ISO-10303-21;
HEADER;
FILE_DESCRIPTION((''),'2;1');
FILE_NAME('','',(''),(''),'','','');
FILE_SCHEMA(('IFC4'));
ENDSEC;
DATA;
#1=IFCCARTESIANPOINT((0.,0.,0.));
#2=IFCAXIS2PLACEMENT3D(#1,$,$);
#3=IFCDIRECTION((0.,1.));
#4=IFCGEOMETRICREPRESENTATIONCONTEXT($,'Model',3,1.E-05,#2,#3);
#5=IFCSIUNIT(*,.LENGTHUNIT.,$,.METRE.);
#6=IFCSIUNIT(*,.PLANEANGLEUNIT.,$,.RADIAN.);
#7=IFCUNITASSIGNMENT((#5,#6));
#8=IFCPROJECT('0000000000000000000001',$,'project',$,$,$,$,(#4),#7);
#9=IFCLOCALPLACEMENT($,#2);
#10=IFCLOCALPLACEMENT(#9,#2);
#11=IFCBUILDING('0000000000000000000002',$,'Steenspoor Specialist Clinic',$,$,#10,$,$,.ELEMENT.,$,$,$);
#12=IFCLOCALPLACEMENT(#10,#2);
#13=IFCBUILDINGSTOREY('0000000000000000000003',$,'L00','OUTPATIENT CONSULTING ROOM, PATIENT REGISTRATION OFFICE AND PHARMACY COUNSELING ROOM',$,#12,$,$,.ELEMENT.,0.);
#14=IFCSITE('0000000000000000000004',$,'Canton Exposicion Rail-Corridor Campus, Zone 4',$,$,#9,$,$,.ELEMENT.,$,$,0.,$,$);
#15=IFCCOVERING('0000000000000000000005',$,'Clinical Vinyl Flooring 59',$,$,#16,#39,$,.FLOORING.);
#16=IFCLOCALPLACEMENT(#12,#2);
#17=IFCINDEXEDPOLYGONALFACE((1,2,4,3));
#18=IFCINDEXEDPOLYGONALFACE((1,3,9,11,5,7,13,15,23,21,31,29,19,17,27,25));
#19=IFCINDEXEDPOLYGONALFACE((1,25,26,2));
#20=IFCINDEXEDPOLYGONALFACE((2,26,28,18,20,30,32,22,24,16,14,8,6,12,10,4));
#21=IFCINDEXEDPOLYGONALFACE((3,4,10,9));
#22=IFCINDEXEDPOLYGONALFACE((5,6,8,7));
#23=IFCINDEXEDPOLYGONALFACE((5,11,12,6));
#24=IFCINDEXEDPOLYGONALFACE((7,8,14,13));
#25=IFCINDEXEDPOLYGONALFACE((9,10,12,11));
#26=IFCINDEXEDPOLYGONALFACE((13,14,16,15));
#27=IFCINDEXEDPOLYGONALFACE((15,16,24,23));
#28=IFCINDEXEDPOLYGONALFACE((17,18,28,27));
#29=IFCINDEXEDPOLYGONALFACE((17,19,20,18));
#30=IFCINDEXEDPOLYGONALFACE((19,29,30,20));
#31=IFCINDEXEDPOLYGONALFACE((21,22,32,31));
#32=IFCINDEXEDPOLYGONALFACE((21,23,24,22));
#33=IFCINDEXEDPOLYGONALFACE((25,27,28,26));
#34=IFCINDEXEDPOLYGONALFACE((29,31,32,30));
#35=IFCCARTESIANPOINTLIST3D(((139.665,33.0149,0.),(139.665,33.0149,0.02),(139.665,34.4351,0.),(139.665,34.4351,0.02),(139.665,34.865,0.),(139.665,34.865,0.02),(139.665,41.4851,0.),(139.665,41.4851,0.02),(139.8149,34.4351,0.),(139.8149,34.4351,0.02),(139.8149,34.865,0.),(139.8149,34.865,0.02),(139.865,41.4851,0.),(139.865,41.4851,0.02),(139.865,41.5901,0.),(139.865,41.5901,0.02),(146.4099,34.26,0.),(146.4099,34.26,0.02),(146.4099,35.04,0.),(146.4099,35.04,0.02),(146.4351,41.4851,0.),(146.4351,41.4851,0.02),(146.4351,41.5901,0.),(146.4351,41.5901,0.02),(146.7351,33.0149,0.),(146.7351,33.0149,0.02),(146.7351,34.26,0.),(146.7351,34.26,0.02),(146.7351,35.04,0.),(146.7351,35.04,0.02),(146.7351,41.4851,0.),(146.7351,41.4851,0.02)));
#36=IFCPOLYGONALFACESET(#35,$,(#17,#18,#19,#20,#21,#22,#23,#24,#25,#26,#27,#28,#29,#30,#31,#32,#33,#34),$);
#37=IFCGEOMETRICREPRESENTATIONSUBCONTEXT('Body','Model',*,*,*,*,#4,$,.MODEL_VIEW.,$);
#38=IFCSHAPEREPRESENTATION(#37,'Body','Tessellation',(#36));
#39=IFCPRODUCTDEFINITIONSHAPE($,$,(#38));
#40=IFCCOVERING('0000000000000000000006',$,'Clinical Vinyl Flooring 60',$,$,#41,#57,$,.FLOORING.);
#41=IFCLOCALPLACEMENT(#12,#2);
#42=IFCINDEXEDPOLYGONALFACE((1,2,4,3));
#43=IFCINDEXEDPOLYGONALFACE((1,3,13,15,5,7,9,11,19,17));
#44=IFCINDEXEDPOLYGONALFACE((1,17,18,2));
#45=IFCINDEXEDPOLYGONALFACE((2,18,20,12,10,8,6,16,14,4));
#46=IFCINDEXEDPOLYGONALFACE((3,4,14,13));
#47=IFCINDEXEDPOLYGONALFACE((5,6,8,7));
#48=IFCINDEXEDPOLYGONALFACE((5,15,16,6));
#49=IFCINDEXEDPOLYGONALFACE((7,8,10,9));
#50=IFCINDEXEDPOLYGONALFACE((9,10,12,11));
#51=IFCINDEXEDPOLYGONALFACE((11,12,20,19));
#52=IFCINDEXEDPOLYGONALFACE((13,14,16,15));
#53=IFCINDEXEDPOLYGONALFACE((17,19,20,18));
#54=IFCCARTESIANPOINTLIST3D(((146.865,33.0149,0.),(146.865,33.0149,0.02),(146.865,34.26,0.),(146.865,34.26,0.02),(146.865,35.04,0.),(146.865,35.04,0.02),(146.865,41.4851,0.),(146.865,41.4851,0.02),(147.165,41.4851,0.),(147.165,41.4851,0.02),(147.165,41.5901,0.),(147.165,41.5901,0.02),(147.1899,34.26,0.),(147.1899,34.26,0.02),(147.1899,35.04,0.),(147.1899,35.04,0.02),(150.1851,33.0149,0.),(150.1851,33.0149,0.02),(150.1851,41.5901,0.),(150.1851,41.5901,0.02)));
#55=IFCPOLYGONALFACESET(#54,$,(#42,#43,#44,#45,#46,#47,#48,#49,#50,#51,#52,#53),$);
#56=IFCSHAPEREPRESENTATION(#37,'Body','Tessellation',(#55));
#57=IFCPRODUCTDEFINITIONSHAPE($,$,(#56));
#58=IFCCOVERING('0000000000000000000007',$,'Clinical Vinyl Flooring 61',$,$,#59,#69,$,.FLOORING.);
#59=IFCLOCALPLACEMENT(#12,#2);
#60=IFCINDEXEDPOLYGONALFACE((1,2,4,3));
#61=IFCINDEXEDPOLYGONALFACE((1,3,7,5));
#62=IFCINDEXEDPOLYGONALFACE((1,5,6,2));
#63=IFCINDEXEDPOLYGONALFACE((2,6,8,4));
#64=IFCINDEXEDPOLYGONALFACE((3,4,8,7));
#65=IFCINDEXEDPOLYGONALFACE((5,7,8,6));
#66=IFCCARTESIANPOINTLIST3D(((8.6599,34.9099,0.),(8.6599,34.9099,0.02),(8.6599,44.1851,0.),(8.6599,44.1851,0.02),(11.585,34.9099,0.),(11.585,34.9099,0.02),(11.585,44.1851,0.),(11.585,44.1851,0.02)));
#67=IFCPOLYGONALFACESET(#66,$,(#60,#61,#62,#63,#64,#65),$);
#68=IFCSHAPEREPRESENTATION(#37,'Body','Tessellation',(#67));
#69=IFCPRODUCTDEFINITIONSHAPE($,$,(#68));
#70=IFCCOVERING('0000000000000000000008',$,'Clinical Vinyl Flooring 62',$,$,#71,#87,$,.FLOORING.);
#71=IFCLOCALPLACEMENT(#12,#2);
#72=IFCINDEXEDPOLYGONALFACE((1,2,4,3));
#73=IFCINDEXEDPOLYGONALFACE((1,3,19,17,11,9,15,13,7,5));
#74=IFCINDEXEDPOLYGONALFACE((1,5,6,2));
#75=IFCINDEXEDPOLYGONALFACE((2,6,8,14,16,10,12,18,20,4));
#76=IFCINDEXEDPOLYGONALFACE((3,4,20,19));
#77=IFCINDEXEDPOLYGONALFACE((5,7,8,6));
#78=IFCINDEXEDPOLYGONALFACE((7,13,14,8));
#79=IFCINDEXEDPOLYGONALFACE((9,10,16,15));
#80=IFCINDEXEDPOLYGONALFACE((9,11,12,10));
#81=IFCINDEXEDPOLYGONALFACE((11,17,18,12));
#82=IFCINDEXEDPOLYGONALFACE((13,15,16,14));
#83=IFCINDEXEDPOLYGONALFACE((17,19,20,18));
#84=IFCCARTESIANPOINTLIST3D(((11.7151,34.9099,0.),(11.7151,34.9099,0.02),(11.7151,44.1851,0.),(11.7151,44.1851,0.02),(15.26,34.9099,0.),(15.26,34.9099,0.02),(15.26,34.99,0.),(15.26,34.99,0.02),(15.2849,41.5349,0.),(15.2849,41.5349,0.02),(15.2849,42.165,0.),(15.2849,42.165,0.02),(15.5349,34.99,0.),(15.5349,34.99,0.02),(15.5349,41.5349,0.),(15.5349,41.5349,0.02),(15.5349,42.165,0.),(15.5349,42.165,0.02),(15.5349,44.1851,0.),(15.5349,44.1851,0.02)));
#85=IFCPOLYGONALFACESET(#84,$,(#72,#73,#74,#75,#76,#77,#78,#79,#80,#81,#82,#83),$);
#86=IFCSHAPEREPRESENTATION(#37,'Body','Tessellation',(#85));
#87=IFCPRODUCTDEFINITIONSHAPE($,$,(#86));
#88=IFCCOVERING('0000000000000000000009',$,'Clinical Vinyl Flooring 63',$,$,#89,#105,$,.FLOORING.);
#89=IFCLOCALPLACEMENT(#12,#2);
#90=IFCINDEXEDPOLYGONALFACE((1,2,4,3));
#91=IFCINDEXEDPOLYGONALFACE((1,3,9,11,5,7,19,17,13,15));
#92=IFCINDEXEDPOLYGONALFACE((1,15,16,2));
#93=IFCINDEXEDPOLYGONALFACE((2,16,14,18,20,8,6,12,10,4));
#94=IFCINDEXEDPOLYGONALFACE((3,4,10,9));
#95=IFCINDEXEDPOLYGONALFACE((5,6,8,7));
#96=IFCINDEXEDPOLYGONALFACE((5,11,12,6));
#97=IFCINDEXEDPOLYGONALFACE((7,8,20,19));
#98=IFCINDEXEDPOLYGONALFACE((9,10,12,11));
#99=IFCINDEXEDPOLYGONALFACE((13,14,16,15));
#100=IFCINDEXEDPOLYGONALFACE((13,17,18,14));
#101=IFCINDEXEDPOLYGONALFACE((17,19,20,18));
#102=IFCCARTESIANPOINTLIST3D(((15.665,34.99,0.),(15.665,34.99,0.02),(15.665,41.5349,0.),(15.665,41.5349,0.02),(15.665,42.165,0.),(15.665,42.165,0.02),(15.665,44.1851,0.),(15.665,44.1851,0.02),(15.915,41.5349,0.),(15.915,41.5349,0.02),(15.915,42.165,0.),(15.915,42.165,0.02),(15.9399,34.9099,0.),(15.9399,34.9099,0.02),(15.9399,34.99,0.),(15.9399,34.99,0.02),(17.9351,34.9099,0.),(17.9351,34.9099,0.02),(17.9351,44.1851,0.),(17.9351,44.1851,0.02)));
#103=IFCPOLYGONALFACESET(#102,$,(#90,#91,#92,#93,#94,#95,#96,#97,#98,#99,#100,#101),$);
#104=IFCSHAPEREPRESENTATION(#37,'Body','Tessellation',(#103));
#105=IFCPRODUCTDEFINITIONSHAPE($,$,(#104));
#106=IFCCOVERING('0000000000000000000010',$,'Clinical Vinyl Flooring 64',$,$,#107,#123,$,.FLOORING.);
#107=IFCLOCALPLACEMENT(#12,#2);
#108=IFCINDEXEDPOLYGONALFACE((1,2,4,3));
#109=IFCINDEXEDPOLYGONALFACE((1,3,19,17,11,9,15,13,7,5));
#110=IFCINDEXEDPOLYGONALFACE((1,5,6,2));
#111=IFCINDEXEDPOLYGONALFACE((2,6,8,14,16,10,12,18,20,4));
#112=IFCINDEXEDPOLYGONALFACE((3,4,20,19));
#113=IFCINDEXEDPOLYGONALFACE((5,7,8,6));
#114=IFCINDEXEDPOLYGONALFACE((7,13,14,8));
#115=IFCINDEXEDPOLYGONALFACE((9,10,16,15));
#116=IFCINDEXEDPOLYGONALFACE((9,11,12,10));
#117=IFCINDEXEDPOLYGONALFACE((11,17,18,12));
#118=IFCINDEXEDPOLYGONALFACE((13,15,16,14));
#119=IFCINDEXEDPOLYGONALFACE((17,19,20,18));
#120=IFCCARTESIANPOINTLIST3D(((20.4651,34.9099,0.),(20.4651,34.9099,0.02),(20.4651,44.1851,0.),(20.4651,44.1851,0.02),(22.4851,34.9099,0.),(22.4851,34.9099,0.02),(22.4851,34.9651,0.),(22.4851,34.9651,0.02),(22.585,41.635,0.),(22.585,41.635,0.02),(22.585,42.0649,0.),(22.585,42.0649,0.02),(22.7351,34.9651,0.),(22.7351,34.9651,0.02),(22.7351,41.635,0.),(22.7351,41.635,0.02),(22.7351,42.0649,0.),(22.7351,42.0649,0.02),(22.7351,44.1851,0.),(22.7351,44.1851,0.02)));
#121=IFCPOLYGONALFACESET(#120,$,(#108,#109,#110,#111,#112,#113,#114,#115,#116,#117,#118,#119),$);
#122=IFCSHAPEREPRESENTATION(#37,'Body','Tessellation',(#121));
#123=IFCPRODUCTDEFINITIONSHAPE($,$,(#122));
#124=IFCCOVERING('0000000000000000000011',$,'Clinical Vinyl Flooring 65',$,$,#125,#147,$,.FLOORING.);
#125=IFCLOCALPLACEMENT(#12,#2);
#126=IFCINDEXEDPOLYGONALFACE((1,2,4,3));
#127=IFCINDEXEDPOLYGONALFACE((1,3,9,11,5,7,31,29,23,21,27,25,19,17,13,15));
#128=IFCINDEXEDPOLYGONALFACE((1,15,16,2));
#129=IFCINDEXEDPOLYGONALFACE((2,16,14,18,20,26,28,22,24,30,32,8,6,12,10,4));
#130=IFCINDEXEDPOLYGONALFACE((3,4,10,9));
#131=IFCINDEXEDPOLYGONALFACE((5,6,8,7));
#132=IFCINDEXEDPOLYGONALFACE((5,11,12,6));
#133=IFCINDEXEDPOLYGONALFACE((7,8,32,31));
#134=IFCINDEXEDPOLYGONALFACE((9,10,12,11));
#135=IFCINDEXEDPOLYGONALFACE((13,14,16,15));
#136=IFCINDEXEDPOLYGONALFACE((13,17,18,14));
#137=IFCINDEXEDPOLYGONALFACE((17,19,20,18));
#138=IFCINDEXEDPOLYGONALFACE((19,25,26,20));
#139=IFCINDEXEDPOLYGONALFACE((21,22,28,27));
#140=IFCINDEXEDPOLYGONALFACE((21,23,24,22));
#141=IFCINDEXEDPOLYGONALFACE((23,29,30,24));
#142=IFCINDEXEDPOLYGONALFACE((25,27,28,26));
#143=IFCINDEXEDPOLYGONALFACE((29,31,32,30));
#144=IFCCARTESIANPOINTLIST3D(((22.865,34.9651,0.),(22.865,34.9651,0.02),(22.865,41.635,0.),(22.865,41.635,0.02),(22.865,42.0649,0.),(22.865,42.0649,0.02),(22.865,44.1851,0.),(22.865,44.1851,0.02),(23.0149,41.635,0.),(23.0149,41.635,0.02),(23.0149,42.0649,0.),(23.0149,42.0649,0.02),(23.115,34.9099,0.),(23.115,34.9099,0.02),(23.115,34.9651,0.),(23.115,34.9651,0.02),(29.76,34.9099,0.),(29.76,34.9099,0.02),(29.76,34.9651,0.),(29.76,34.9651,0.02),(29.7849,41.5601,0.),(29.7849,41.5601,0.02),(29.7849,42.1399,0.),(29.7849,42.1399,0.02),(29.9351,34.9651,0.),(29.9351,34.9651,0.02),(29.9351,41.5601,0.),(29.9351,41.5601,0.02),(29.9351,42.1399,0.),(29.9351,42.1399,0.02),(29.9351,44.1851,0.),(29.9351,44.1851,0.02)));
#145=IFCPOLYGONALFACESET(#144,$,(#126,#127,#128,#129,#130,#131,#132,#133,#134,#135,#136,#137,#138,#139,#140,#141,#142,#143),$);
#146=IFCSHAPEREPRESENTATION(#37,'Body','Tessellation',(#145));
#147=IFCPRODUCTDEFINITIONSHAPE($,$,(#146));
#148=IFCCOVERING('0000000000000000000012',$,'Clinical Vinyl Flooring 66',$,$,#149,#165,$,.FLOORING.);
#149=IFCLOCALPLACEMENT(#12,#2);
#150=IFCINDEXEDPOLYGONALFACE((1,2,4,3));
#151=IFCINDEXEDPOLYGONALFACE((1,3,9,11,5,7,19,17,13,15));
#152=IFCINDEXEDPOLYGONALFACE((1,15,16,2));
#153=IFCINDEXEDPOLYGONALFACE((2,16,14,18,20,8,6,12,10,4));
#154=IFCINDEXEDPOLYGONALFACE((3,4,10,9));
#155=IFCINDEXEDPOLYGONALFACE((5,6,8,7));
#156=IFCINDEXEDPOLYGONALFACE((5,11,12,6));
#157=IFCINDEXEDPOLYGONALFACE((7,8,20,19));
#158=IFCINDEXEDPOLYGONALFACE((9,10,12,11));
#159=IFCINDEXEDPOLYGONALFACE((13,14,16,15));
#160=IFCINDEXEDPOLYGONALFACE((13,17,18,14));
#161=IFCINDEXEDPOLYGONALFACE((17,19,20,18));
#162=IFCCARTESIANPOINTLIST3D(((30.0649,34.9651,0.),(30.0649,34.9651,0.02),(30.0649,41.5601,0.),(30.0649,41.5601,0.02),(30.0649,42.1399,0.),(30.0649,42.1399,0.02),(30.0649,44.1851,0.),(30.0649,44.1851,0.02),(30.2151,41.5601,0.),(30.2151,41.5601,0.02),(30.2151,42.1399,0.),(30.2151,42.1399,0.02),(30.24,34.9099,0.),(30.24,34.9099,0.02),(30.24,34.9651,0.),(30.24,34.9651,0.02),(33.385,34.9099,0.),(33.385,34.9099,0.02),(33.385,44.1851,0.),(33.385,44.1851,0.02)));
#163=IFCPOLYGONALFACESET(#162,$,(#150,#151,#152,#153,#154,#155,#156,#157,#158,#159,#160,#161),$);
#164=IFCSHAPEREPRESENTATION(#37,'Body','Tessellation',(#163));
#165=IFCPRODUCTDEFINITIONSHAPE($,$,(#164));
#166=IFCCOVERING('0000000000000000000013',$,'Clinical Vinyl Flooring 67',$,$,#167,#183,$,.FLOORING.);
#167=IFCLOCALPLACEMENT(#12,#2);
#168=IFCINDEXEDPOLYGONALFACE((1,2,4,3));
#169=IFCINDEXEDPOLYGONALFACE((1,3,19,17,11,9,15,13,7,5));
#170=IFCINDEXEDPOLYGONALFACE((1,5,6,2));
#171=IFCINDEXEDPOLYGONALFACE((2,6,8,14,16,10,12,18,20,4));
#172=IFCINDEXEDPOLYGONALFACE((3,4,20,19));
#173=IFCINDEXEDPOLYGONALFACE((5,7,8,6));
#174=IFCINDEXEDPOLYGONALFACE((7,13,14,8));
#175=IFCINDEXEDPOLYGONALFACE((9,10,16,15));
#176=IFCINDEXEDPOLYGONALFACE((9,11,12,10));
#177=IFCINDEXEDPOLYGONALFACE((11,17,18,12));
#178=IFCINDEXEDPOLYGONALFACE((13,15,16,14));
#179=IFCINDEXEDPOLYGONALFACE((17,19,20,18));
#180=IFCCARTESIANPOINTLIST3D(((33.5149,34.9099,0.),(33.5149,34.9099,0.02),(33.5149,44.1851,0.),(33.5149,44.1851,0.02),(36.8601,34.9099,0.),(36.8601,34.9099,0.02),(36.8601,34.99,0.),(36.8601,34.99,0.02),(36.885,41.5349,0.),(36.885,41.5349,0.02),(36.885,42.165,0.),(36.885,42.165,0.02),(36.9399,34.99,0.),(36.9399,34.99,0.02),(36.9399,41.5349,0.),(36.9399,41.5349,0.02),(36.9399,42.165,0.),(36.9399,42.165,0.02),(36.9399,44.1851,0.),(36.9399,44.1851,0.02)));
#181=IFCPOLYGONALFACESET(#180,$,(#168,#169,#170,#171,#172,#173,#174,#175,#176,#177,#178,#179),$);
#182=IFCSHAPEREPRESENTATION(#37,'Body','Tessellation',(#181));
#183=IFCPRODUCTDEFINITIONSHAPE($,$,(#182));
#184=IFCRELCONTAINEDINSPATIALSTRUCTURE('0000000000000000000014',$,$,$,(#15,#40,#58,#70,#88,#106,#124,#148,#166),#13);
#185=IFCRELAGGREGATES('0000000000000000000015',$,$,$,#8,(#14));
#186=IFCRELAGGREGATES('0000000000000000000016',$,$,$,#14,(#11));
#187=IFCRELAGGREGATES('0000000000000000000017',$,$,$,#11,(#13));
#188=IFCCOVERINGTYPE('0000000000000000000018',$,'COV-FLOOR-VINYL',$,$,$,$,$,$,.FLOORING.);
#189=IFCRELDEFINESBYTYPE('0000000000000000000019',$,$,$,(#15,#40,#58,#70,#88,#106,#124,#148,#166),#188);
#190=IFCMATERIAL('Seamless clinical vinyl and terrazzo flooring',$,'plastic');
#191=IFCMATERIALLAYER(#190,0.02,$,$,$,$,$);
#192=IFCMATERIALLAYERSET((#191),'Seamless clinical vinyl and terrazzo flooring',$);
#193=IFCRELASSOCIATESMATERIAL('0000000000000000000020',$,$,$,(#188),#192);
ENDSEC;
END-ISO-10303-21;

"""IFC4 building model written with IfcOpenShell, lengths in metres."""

from ifc_helpers import new_model, si_unit, direction, origin, place, context, subcontext, project, spatial, polyline, outline, extrude, material, layer, layer_set, type_object, element, save


model = new_model("IFC4")

# Units and contexts
model_context = context("Model", 3, precision=1e-05, world=origin(), true_north=direction((0.0, 1.0)))
body_context = subcontext(model_context, "Body", "Model", "MODEL_VIEW")
ifc_project = project(units=[si_unit("LENGTHUNIT", "METRE"), si_unit("PLANEANGLEUNIT", "RADIAN")], contexts=[model_context])

# Site, building, storey
site_placement = place(None, origin())
site = spatial("IfcSite", under=ifc_project, at=site_placement, Name="Canton Exposicion Rail-Corridor Campus, Zone 4", CompositionType="ELEMENT", RefElevation=0.0)
building_placement = place(site_placement, origin())
building = spatial("IfcBuilding", under=site, at=building_placement, Name="Steenspoor Specialist Clinic", CompositionType="ELEMENT")
storey_placement = place(building_placement, origin())
storey = spatial("IfcBuildingStorey", under=building, at=storey_placement, Name="L00", Description="OUTPATIENT CONSULTING ROOM, PATIENT REGISTRATION OFFICE AND PHARMACY COUNSELING ROOM", CompositionType="ELEMENT", Elevation=0.0)

# Coverings
ifc_material = material(Name="Seamless clinical vinyl and terrazzo flooring", Category="plastic")
ifc_layer = layer(ifc_material, 0.02)
ifc_layer_set = layer_set([ifc_layer], Name="Seamless clinical vinyl and terrazzo flooring")
covering_type = type_object("IfcCoveringType", Name="COV-FLOOR-VINYL", PredefinedType="FLOORING", material=ifc_layer_set)
covering_1_placement = place(storey_placement, origin())
element("IfcCovering", 1, at=covering_1_placement, inside=storey, type_object=covering_type, Name="Clinical Vinyl Flooring 59", PredefinedType="FLOORING", context=body_context, shape_type="SweptSolid", body=[
    extrude(outline(polyline([(139.665, 34.4351), (139.8149, 34.4351), (139.8149, 34.865), (139.665, 34.865), (139.665, 41.4851), (139.865, 41.4851), (139.865, 41.5901), (146.4351, 41.5901), (146.4351, 41.4851), (146.7351, 41.4851), (146.7351, 35.04), (146.4099, 35.04), (146.4099, 34.26), (146.7351, 34.26), (146.7351, 33.0149), (139.665, 33.0149), (139.665, 34.4351)])), origin(), (0.0, 0.0, 1.0), 0.02),
])
covering_2_placement = place(storey_placement, origin())
element("IfcCovering", 2, at=covering_2_placement, inside=storey, type_object=covering_type, Name="Clinical Vinyl Flooring 60", PredefinedType="FLOORING", context=body_context, shape_type="SweptSolid", body=[
    extrude(outline(polyline([(146.865, 34.26), (147.1899, 34.26), (147.1899, 35.04), (146.865, 35.04), (146.865, 41.4851), (147.165, 41.4851), (147.165, 41.5901), (150.1851, 41.5901), (150.1851, 33.0149), (146.865, 33.0149), (146.865, 34.26)])), origin(), (0.0, 0.0, 1.0), 0.02),
])
covering_3_placement = place(storey_placement, origin())
element("IfcCovering", 3, at=covering_3_placement, inside=storey, type_object=covering_type, Name="Clinical Vinyl Flooring 61", PredefinedType="FLOORING", context=body_context, shape_type="SweptSolid", body=[
    extrude(outline(polyline([(11.585, 34.9099), (8.6599, 34.9099), (8.6599, 44.1851), (11.585, 44.1851), (11.585, 34.9099)])), origin(), (0.0, 0.0, 1.0), 0.02),
])
covering_4_placement = place(storey_placement, origin())
element("IfcCovering", 4, at=covering_4_placement, inside=storey, type_object=covering_type, Name="Clinical Vinyl Flooring 62", PredefinedType="FLOORING", context=body_context, shape_type="SweptSolid", body=[
    extrude(outline(polyline([(15.5349, 44.1851), (15.5349, 42.165), (15.2849, 42.165), (15.2849, 41.5349), (15.5349, 41.5349), (15.5349, 34.99), (15.26, 34.99), (15.26, 34.9099), (11.7151, 34.9099), (11.7151, 44.1851), (15.5349, 44.1851)])), origin(), (0.0, 0.0, 1.0), 0.02),
])
covering_5_placement = place(storey_placement, origin())
element("IfcCovering", 5, at=covering_5_placement, inside=storey, type_object=covering_type, Name="Clinical Vinyl Flooring 63", PredefinedType="FLOORING", context=body_context, shape_type="SweptSolid", body=[
    extrude(outline(polyline([(17.9351, 44.1851), (17.9351, 34.9099), (15.9399, 34.9099), (15.9399, 34.99), (15.665, 34.99), (15.665, 41.5349), (15.915, 41.5349), (15.915, 42.165), (15.665, 42.165), (15.665, 44.1851), (17.9351, 44.1851)])), origin(), (0.0, 0.0, 1.0), 0.02),
])
covering_6_placement = place(storey_placement, origin())
element("IfcCovering", 6, at=covering_6_placement, inside=storey, type_object=covering_type, Name="Clinical Vinyl Flooring 64", PredefinedType="FLOORING", context=body_context, shape_type="SweptSolid", body=[
    extrude(outline(polyline([(22.7351, 42.0649), (22.585, 42.0649), (22.585, 41.635), (22.7351, 41.635), (22.7351, 34.9651), (22.4851, 34.9651), (22.4851, 34.9099), (20.4651, 34.9099), (20.4651, 44.1851), (22.7351, 44.1851), (22.7351, 42.0649)])), origin(), (0.0, 0.0, 1.0), 0.02),
])
covering_7_placement = place(storey_placement, origin())
element("IfcCovering", 7, at=covering_7_placement, inside=storey, type_object=covering_type, Name="Clinical Vinyl Flooring 65", PredefinedType="FLOORING", context=body_context, shape_type="SweptSolid", body=[
    extrude(outline(polyline([(29.9351, 42.1399), (29.7849, 42.1399), (29.7849, 41.5601), (29.9351, 41.5601), (29.9351, 34.9651), (29.76, 34.9651), (29.76, 34.9099), (23.115, 34.9099), (23.115, 34.9651), (22.865, 34.9651), (22.865, 41.635), (23.0149, 41.635), (23.0149, 42.0649), (22.865, 42.0649), (22.865, 44.1851), (29.9351, 44.1851), (29.9351, 42.1399)])), origin(), (0.0, 0.0, 1.0), 0.02),
])
covering_8_placement = place(storey_placement, origin())
element("IfcCovering", 8, at=covering_8_placement, inside=storey, type_object=covering_type, Name="Clinical Vinyl Flooring 66", PredefinedType="FLOORING", context=body_context, shape_type="SweptSolid", body=[
    extrude(outline(polyline([(33.385, 34.9099), (30.24, 34.9099), (30.24, 34.9651), (30.0649, 34.9651), (30.0649, 41.5601), (30.2151, 41.5601), (30.2151, 42.1399), (30.0649, 42.1399), (30.0649, 44.1851), (33.385, 44.1851), (33.385, 34.9099)])), origin(), (0.0, 0.0, 1.0), 0.02),
])
covering_9_placement = place(storey_placement, origin())
element("IfcCovering", 9, at=covering_9_placement, inside=storey, type_object=covering_type, Name="Clinical Vinyl Flooring 67", PredefinedType="FLOORING", context=body_context, shape_type="SweptSolid", body=[
    extrude(outline(polyline([(36.9399, 42.165), (36.885, 42.165), (36.885, 41.5349), (36.9399, 41.5349), (36.9399, 34.99), (36.8601, 34.99), (36.8601, 34.9099), (33.5149, 34.9099), (33.5149, 44.1851), (36.9399, 44.1851), (36.9399, 42.165)])), origin(), (0.0, 0.0, 1.0), 0.02),
])

save(model, "model.ifc")
